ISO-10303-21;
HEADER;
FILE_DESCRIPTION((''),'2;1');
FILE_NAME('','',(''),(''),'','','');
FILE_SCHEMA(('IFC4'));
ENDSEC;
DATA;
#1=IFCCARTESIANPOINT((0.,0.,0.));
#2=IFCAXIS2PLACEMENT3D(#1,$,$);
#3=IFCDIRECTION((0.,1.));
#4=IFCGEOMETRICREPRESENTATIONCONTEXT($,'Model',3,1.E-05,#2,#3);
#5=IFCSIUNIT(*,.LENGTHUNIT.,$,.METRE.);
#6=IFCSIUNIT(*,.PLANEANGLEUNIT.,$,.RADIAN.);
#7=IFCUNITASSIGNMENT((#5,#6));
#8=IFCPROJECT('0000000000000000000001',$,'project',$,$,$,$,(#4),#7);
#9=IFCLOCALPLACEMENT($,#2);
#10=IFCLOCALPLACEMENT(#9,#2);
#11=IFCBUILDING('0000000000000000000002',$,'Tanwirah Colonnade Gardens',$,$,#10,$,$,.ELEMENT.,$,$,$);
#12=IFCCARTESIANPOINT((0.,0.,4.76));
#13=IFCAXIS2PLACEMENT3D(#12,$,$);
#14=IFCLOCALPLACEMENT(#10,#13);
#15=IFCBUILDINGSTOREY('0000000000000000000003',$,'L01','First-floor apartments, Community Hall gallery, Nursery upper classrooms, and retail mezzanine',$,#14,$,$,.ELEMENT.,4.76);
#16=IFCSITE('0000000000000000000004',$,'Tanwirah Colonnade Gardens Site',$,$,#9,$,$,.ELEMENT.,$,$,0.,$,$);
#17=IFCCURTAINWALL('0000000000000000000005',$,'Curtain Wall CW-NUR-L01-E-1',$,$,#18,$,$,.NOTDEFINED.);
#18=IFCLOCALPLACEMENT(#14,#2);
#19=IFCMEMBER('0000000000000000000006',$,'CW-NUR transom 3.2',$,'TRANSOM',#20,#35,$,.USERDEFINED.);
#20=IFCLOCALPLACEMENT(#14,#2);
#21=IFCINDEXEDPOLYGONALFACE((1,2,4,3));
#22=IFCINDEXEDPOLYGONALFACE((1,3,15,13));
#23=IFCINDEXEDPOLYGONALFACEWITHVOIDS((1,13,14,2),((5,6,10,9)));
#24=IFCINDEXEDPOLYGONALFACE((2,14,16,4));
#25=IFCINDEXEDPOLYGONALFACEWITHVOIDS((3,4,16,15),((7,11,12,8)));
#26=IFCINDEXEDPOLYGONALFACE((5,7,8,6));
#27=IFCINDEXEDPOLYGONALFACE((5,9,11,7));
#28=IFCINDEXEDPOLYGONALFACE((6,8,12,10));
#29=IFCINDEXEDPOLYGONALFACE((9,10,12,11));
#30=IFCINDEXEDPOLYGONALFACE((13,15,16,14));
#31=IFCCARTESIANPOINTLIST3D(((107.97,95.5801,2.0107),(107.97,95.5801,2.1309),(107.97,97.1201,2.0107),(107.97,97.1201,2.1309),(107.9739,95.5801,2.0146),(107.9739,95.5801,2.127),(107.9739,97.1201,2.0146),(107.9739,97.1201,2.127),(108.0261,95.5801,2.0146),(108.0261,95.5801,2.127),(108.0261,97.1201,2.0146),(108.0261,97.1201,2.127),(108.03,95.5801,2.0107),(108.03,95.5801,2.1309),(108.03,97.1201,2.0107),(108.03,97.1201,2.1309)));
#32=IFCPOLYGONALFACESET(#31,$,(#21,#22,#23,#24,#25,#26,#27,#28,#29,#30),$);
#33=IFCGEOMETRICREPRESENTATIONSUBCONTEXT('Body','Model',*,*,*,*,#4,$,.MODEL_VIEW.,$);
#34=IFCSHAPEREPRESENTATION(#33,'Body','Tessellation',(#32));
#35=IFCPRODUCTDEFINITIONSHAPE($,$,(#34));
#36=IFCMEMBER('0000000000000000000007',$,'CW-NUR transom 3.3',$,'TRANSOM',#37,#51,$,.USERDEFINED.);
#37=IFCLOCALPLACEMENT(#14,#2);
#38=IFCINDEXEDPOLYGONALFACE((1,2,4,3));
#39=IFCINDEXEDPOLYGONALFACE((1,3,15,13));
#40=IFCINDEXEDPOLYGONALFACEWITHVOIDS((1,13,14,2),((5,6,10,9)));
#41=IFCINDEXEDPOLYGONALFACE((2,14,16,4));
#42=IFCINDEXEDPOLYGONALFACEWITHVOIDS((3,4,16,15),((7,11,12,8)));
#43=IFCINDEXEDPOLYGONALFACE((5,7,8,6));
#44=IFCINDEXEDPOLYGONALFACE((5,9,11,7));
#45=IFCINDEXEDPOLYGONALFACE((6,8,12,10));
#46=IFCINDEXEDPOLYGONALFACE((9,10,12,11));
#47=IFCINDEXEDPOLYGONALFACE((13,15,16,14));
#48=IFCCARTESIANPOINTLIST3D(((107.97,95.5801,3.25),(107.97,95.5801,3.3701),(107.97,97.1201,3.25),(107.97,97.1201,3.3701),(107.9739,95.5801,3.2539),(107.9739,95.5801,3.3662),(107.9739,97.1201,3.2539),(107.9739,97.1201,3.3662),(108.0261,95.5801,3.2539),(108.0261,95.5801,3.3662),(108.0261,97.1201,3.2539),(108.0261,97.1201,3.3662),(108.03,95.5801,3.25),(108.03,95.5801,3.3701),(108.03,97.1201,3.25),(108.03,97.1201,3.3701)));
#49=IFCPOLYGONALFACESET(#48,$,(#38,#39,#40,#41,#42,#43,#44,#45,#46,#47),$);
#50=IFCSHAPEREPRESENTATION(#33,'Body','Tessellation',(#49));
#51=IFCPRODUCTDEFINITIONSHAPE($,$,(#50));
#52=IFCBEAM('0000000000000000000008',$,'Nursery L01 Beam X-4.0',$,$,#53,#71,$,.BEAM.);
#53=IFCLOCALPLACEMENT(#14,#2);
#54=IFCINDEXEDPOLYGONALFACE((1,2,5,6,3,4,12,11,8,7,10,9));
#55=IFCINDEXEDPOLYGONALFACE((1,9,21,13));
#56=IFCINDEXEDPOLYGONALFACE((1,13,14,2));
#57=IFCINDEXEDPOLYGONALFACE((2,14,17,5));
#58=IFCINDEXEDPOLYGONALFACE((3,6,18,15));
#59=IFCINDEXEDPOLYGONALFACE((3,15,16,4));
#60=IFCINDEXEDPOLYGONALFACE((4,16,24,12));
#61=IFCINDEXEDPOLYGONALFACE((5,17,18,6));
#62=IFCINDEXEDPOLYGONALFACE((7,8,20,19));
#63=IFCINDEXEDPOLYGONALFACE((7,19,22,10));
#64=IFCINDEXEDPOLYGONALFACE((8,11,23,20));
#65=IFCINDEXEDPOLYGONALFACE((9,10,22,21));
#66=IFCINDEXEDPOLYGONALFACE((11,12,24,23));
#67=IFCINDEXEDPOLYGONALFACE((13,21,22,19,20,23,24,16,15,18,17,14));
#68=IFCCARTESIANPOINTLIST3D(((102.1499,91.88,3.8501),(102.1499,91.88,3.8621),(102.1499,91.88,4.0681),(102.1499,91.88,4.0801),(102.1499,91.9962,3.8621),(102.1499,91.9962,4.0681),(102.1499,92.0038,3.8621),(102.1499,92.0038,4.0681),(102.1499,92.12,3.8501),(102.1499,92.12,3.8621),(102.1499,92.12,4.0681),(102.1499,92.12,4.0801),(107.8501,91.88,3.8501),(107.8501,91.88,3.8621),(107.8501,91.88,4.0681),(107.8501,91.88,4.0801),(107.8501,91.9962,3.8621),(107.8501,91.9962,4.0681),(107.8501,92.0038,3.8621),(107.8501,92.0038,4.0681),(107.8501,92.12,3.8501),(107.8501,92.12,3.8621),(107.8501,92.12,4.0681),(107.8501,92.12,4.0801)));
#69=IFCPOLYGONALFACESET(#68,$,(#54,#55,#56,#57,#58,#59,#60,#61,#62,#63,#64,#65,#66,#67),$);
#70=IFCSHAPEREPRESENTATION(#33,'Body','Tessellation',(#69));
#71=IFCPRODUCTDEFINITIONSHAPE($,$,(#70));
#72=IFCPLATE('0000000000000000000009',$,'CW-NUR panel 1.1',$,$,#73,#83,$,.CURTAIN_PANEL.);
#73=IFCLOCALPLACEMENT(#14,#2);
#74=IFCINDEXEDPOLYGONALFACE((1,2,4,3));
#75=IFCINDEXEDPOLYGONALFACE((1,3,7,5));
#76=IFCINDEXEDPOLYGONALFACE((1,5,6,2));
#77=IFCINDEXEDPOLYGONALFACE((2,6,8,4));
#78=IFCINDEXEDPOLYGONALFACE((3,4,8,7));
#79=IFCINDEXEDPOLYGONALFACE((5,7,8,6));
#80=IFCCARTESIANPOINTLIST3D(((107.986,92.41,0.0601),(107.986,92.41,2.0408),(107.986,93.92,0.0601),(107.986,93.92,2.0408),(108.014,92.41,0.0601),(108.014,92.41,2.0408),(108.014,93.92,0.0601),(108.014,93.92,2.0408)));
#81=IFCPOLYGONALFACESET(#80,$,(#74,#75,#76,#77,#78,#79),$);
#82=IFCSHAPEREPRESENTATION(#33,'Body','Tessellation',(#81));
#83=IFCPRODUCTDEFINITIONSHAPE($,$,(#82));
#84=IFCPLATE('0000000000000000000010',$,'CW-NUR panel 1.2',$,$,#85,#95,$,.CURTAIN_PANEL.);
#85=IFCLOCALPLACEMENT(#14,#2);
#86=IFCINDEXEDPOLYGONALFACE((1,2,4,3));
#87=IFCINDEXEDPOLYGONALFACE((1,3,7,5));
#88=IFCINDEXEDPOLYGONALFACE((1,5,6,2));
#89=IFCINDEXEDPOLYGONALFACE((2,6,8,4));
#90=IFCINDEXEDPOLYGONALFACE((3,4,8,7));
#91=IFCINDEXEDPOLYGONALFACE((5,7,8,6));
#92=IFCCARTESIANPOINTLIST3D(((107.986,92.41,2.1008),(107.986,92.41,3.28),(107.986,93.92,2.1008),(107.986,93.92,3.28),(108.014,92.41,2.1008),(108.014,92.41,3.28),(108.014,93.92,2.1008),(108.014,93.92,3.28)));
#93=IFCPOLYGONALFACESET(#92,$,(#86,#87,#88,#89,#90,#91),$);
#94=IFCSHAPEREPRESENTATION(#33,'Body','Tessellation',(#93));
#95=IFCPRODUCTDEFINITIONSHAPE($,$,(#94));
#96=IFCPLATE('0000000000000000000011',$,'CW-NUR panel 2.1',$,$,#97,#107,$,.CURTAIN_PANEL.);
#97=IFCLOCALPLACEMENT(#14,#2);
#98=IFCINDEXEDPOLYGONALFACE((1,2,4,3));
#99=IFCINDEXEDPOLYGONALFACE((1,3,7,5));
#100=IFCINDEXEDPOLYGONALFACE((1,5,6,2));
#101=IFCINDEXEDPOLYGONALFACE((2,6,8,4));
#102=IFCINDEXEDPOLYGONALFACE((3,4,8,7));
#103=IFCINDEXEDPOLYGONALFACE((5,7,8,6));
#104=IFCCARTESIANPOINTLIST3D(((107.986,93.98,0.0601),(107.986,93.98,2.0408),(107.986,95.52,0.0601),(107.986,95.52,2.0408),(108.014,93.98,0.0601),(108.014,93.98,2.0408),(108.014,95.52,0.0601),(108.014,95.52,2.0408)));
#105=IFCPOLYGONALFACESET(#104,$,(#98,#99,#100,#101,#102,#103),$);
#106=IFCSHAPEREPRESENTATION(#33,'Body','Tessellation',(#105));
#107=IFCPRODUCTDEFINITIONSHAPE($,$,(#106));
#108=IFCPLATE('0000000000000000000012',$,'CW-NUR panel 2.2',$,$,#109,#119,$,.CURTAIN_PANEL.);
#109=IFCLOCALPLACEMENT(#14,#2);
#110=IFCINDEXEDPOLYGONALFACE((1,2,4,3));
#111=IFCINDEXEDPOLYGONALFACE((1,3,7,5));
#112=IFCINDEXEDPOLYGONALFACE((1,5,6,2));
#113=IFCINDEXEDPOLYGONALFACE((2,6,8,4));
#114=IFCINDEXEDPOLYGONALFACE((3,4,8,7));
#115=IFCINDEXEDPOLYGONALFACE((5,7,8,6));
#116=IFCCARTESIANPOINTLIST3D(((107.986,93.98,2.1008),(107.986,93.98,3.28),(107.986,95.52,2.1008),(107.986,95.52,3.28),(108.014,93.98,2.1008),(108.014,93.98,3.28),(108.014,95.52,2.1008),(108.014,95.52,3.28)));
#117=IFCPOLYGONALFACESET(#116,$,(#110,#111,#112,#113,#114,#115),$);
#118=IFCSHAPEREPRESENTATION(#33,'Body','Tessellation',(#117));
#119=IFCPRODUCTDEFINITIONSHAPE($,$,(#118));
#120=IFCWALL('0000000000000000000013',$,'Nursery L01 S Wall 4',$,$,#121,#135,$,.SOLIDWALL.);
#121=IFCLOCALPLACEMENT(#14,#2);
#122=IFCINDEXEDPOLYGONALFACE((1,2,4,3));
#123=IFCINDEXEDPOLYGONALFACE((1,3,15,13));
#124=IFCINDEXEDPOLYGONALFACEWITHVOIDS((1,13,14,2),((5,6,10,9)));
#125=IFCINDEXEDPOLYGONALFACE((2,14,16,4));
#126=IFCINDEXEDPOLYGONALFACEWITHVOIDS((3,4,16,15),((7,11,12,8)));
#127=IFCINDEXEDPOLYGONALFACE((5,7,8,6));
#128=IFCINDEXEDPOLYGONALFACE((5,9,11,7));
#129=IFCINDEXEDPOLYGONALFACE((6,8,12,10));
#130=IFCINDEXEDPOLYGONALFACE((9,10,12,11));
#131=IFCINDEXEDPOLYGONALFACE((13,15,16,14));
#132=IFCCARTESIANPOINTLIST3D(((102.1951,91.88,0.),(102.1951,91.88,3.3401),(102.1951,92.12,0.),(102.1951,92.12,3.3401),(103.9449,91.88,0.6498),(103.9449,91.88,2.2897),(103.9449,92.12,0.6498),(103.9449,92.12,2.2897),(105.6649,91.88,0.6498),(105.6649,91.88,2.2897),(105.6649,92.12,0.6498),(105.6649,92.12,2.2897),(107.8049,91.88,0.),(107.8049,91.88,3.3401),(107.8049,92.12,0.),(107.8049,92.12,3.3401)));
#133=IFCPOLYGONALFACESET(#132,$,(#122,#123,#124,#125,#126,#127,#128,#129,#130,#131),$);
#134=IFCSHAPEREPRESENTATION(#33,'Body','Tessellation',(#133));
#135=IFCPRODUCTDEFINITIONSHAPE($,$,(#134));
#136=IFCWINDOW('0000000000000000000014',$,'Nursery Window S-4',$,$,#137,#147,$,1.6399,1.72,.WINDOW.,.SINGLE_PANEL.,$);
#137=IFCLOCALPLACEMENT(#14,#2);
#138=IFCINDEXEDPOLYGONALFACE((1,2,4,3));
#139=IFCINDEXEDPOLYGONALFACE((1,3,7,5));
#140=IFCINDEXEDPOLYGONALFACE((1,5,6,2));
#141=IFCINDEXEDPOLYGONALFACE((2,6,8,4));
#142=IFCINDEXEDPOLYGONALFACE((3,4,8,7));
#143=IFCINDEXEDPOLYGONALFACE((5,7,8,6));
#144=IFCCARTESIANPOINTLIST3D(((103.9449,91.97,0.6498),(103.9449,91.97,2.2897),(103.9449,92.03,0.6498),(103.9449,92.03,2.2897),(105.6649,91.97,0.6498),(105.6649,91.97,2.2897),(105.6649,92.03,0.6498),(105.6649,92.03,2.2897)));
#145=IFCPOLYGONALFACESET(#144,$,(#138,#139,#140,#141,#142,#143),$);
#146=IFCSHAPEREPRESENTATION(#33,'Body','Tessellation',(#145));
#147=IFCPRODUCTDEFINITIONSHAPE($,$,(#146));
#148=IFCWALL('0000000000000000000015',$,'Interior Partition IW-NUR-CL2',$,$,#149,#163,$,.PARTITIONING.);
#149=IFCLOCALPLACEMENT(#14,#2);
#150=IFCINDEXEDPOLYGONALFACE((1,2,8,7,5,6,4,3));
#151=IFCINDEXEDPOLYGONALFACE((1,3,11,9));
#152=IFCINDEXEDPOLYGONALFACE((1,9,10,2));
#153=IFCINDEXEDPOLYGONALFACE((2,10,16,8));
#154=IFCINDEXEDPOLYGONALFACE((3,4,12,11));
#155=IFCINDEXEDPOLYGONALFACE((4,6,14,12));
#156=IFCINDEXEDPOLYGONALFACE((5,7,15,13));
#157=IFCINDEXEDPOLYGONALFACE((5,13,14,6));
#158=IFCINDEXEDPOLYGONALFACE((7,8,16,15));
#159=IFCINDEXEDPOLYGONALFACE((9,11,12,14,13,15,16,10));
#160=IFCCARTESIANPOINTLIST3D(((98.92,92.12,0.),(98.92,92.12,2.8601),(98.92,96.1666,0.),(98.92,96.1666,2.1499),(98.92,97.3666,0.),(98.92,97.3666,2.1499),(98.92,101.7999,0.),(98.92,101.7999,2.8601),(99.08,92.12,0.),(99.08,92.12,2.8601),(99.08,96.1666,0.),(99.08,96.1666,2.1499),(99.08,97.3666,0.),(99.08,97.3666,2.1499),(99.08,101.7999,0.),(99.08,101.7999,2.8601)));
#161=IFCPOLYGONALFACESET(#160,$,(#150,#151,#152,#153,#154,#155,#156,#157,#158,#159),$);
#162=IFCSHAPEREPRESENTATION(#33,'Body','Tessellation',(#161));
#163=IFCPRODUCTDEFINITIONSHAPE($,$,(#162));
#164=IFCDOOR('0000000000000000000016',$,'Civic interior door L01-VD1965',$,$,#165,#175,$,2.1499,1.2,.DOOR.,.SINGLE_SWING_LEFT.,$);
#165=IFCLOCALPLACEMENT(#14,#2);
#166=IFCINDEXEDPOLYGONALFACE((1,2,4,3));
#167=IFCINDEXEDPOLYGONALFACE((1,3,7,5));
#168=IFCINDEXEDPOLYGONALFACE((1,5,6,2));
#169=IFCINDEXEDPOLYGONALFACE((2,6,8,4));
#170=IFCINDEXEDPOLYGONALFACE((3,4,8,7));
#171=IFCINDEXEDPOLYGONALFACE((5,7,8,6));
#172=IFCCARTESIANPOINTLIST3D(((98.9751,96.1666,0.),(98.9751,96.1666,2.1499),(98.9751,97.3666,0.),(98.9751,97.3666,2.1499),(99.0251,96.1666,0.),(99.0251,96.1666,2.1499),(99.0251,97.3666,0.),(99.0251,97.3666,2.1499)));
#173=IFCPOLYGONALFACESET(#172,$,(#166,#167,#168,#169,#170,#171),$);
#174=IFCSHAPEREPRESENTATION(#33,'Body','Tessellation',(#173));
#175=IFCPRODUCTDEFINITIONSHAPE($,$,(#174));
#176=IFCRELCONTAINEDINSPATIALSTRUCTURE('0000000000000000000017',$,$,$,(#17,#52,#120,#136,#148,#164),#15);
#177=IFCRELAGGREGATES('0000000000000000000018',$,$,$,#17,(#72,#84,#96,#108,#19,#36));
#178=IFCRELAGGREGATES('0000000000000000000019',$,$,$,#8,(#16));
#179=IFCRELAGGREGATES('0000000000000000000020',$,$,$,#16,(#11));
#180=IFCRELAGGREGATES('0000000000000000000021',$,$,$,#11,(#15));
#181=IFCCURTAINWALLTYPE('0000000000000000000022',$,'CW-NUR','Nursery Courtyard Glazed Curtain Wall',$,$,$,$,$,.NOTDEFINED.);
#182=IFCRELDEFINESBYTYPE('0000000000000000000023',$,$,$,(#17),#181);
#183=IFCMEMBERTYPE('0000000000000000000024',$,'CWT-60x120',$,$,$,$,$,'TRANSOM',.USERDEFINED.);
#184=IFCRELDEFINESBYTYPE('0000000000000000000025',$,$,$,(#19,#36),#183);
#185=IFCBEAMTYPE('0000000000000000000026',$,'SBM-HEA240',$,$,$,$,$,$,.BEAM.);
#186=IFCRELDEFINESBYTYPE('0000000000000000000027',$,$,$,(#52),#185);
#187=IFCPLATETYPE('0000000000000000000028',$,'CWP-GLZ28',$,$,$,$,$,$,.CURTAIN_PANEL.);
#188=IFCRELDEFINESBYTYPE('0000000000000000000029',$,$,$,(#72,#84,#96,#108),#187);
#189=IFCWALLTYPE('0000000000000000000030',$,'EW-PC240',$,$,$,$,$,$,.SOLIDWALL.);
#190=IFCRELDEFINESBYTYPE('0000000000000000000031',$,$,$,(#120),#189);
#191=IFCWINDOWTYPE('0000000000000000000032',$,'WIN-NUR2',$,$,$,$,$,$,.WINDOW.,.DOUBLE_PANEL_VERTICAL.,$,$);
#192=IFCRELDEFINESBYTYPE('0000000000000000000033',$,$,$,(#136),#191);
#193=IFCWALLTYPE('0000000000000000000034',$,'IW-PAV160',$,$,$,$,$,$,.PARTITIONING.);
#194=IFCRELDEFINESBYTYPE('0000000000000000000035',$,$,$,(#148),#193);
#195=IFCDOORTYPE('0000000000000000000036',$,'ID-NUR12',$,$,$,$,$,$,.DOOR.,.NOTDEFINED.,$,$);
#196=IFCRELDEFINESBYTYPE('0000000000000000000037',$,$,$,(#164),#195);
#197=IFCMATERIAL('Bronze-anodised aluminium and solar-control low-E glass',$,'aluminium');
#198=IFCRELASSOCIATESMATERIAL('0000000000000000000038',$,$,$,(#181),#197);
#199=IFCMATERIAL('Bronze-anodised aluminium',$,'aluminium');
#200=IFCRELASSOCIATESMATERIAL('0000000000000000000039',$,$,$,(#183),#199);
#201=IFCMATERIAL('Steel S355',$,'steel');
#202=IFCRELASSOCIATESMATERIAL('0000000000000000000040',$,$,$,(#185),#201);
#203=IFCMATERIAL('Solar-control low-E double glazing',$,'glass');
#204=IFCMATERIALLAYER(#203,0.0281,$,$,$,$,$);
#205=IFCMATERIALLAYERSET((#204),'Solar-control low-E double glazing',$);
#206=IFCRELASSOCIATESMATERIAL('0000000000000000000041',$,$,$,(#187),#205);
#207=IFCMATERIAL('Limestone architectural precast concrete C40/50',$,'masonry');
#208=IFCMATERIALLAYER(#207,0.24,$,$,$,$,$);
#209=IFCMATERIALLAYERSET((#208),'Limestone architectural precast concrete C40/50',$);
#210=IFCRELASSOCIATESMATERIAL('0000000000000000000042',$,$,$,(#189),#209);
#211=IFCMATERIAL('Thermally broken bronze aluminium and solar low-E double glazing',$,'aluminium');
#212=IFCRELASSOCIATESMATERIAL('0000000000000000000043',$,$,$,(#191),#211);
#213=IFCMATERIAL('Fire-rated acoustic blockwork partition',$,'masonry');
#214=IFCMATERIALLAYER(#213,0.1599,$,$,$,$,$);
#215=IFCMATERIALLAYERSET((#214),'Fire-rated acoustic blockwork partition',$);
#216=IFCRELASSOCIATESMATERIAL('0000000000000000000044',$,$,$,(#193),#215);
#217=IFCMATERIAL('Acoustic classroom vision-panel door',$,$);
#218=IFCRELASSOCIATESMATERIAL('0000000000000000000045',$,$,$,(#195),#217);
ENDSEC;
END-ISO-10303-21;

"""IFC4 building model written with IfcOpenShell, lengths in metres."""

from ifc_helpers import new_model, si_unit, direction, frame, frame_2d, origin, origin_2d, place, context, subcontext, project, spatial, rectangle, hollow_rectangle, i_section, extrude, material, layer, layer_set, material_profile, profile_set, type_object, element, fill, aggregate, save


model = new_model("IFC4")

# Units and contexts
model_context = context("Model", 3, precision=1e-05, world=origin(), true_north=direction((0.0, 1.0)))
body_context = subcontext(model_context, "Body", "Model", "MODEL_VIEW")
ifc_project = project(units=[si_unit("LENGTHUNIT", "METRE"), si_unit("PLANEANGLEUNIT", "RADIAN")], contexts=[model_context])

# Site, building, storey
site_placement = place(None, origin())
site = spatial("IfcSite", under=ifc_project, at=site_placement, Name="Tanwirah Colonnade Gardens Site", CompositionType="ELEMENT", RefElevation=0.0)
building_placement = place(site_placement, origin())
building = spatial("IfcBuilding", under=site, at=building_placement, Name="Tanwirah Colonnade Gardens", CompositionType="ELEMENT")
storey_placement = place(building_placement, frame((0.0, 0.0, 4.76)))
storey = spatial("IfcBuildingStorey", under=building, at=storey_placement, Name="L01", Description="First-floor apartments, Community Hall gallery, Nursery upper classrooms, and retail mezzanine", CompositionType="ELEMENT", Elevation=4.76)

# Curtain wall, members
ifc_material_1 = material(Name="Bronze-anodised aluminium and solar-control low-E glass", Category="aluminium")
curtain_wall_type = type_object("IfcCurtainWallType", Name="CW-NUR", Description="Nursery Courtyard Glazed Curtain Wall", PredefinedType="NOTDEFINED", material=ifc_material_1)
curtain_wall_placement = place(storey_placement, origin())
curtain_wall = element("IfcCurtainWall", 1, at=curtain_wall_placement, inside=storey, type_object=curtain_wall_type, Name="Curtain Wall CW-NUR-L01-E-1", PredefinedType="NOTDEFINED")
ifc_material_2 = material(Name="Bronze-anodised aluminium", Category="aluminium")
ifc_material_profile_1 = material_profile(ifc_material_2, hollow_rectangle(XDim=0.0601, YDim=0.1201, WallThickness=0.0039, at=origin_2d()), Name="CW-TRN 60x120x4")
ifc_profile_set_1 = profile_set([ifc_material_profile_1], Name="Bronze-anodised aluminium")
member_type_1 = type_object("IfcMemberType", Name="CWT-60x120", ElementType="TRANSOM", PredefinedType="USERDEFINED", material=ifc_profile_set_1)
member_1_placement = place(storey_placement, frame((108.0, 95.5801, 2.0708), z_axis=(0.0, 1.0, 0.0), x_axis=(-1.0, 0.0, 0.0)))
member_1 = element("IfcMember", 2, at=member_1_placement, type_object=member_type_1, Name="CW-NUR transom 3.2", ObjectType="TRANSOM", PredefinedType="USERDEFINED", context=body_context, shape_type="SweptSolid", body=[
    extrude(hollow_rectangle(XDim=0.0601, YDim=0.1201, WallThickness=0.0039, at=origin_2d()), origin(), (0.0, 0.0, 1.0), 1.54),
])
member_2_placement = place(storey_placement, frame((108.0, 95.5801, 3.3101), z_axis=(0.0, 1.0, 0.0), x_axis=(-1.0, 0.0, 0.0)))
member_2 = element("IfcMember", 3, at=member_2_placement, type_object=member_type_1, Name="CW-NUR transom 3.3", ObjectType="TRANSOM", PredefinedType="USERDEFINED", context=body_context, shape_type="SweptSolid", body=[
    extrude(hollow_rectangle(XDim=0.0601, YDim=0.1201, WallThickness=0.0039, at=origin_2d()), origin(), (0.0, 0.0, 1.0), 1.54),
])

# Beam
ifc_material_3 = material(Name="Steel S355", Category="steel")
ifc_material_profile_2 = material_profile(ifc_material_3, i_section(OverallWidth=0.24, OverallDepth=0.23, WebThickness=0.0076, FlangeThickness=0.012, at=origin_2d()), Name="HEA 240")
ifc_profile_set_2 = profile_set([ifc_material_profile_2], Name="Steel S355")
beam_type = type_object("IfcBeamType", Name="SBM-HEA240", PredefinedType="BEAM", material=ifc_profile_set_2)
beam_placement = place(storey_placement, frame((102.1499, 92.0, 3.9651), z_axis=(1.0, 0.0, 0.0), x_axis=(0.0, 1.0, 0.0)))
element("IfcBeam", 4, at=beam_placement, inside=storey, type_object=beam_type, Name="Nursery L01 Beam X-4.0", PredefinedType="BEAM", context=body_context, shape_type="SweptSolid", body=[
    extrude(i_section(OverallWidth=0.24, OverallDepth=0.23, WebThickness=0.0076, FlangeThickness=0.012, at=origin_2d()), origin(), (0.0, 0.0, 1.0), 5.7002),
])

# Plates
ifc_material_4 = material(Name="Solar-control low-E double glazing", Category="glass")
ifc_layer_1 = layer(ifc_material_4, 0.0281)
ifc_layer_set_1 = layer_set([ifc_layer_1], Name="Solar-control low-E double glazing")
plate_type = type_object("IfcPlateType", Name="CWP-GLZ28", PredefinedType="CURTAIN_PANEL", material=ifc_layer_set_1)
plate_1_placement = place(storey_placement, frame((108.0, 93.165, 0.0601), z_axis=(0.0, 0.0, 1.0), x_axis=(0.0, 1.0, 0.0)))
plate_1 = element("IfcPlate", 5, at=plate_1_placement, type_object=plate_type, Name="CW-NUR panel 1.1", PredefinedType="CURTAIN_PANEL", context=body_context, shape_type="SweptSolid", body=[
    extrude(rectangle(XDim=1.51, YDim=0.0281, at=origin_2d()), origin(), (0.0, 0.0, 1.0), 1.9807),
])
plate_2_placement = place(storey_placement, frame((108.0, 93.165, 2.1008), z_axis=(0.0, 0.0, 1.0), x_axis=(0.0, 1.0, 0.0)))
plate_2 = element("IfcPlate", 6, at=plate_2_placement, type_object=plate_type, Name="CW-NUR panel 1.2", PredefinedType="CURTAIN_PANEL", context=body_context, shape_type="SweptSolid", body=[
    extrude(rectangle(XDim=1.51, YDim=0.0281, at=origin_2d()), origin(), (0.0, 0.0, 1.0), 1.1792),
])
plate_3_placement = place(storey_placement, frame((108.0, 94.75, 0.0601), z_axis=(0.0, 0.0, 1.0), x_axis=(0.0, 1.0, 0.0)))
plate_3 = element("IfcPlate", 7, at=plate_3_placement, type_object=plate_type, Name="CW-NUR panel 2.1", PredefinedType="CURTAIN_PANEL", context=body_context, shape_type="SweptSolid", body=[
    extrude(rectangle(XDim=1.54, YDim=0.0281, at=origin_2d()), origin(), (0.0, 0.0, 1.0), 1.9807),
])
plate_4_placement = place(storey_placement, frame((108.0, 94.75, 2.1008), z_axis=(0.0, 0.0, 1.0), x_axis=(0.0, 1.0, 0.0)))
plate_4 = element("IfcPlate", 8, at=plate_4_placement, type_object=plate_type, Name="CW-NUR panel 2.2", PredefinedType="CURTAIN_PANEL", context=body_context, shape_type="SweptSolid", body=[
    extrude(rectangle(XDim=1.54, YDim=0.0281, at=origin_2d()), origin(), (0.0, 0.0, 1.0), 1.1792),
])
aggregate(curtain_wall, [plate_1, plate_2, plate_3, plate_4, member_1, member_2])

# Wall, opening, window
ifc_material_5 = material(Name="Limestone architectural precast concrete C40/50", Category="masonry")
ifc_layer_2 = layer(ifc_material_5, 0.24)
ifc_layer_set_2 = layer_set([ifc_layer_2], Name="Limestone architectural precast concrete C40/50")
wall_type_1 = type_object("IfcWallType", Name="EW-PC240", PredefinedType="SOLIDWALL", material=ifc_layer_set_2)
wall_1_placement = place(storey_placement, frame((102.1951, 92.0, 0.0), z_axis=(0.0, 0.0, 1.0), x_axis=(1.0, 0.0, 0.0)))
wall_1 = element("IfcWall", 9, at=wall_1_placement, inside=storey, type_object=wall_type_1, Name="Nursery L01 S Wall 4", PredefinedType="SOLIDWALL", context=body_context, shape_type="SweptSolid", body=[
    extrude(rectangle(XDim=5.6099, YDim=0.24, at=frame_2d((2.8049, 0.0))), origin(), (0.0, 0.0, 1.0), 3.3401),
])
opening_1_placement = place(wall_1_placement, frame((1.75, 0.0, 0.6499)))
opening_1 = element("IfcOpeningElement", 10, at=opening_1_placement, cuts=wall_1, PredefinedType="OPENING", context=body_context, shape_type="SweptSolid", body=[
    extrude(rectangle(XDim=1.72, YDim=1.6399, at=frame_2d((0.8599, 0.8198))), frame((0.0, 0.1299, 0.0), z_axis=(0.0, -1.0, 0.0), x_axis=(1.0, 0.0, 0.0)), (0.0, 0.0, 1.0), 0.26),
])
ifc_material_6 = material(Name="Thermally broken bronze aluminium and solar low-E double glazing", Category="aluminium")
window_type = type_object("IfcWindowType", Name="WIN-NUR2", PartitioningType="DOUBLE_PANEL_VERTICAL", PredefinedType="WINDOW", material=ifc_material_6)
window_placement = place(opening_1_placement, origin())
window = element("IfcWindow", 11, at=window_placement, inside=storey, type_object=window_type, Name="Nursery Window S-4", OverallHeight=1.6399, OverallWidth=1.72, PartitioningType="SINGLE_PANEL", PredefinedType="WINDOW", context=body_context, shape_type="SweptSolid", body=[
    extrude(rectangle(XDim=1.72, YDim=1.6399, at=frame_2d((0.8599, 0.8198))), frame((0.0, 0.03, 0.0), z_axis=(0.0, -1.0, 0.0), x_axis=(1.0, 0.0, 0.0)), (0.0, 0.0, 1.0), 0.0601),
])
fill(opening_1, window)

# Wall, opening, door
ifc_material_7 = material(Name="Fire-rated acoustic blockwork partition", Category="masonry")
ifc_layer_3 = layer(ifc_material_7, 0.1599)
ifc_layer_set_3 = layer_set([ifc_layer_3], Name="Fire-rated acoustic blockwork partition")
wall_type_2 = type_object("IfcWallType", Name="IW-PAV160", PredefinedType="PARTITIONING", material=ifc_layer_set_3)
wall_2_placement = place(storey_placement, frame((99.0, 92.1201, 0.0), z_axis=(0.0, 0.0, 1.0), x_axis=(0.0, 1.0, 0.0)))
wall_2 = element("IfcWall", 12, at=wall_2_placement, inside=storey, type_object=wall_type_2, Name="Interior Partition IW-NUR-CL2", PredefinedType="PARTITIONING", context=body_context, shape_type="SweptSolid", body=[
    extrude(rectangle(XDim=9.6799, YDim=0.1599, at=frame_2d((4.8398, 0.0))), origin(), (0.0, 0.0, 1.0), 2.8601),
])
opening_2_placement = place(wall_2_placement, frame((4.0464, 0.0, 0.0)))
opening_2 = element("IfcOpeningElement", 13, at=opening_2_placement, cuts=wall_2, PredefinedType="OPENING", context=body_context, shape_type="SweptSolid", body=[
    extrude(rectangle(XDim=1.2, YDim=2.1499, at=frame_2d((0.6001, 1.075))), frame((0.0, 0.0898, 0.0), z_axis=(0.0, -1.0, 0.0), x_axis=(1.0, 0.0, 0.0)), (0.0, 0.0, 1.0), 0.1799),
])
ifc_material_8 = material(Name="Acoustic classroom vision-panel door")
door_type = type_object("IfcDoorType", Name="ID-NUR12", OperationType="NOTDEFINED", PredefinedType="DOOR", material=ifc_material_8)
door_placement = place(opening_2_placement, origin())
door = element("IfcDoor", 14, at=door_placement, inside=storey, type_object=door_type, Name="Civic interior door L01-VD1965", OperationType="SINGLE_SWING_LEFT", OverallHeight=2.1499, OverallWidth=1.2, PredefinedType="DOOR", context=body_context, shape_type="SweptSolid", body=[
    extrude(rectangle(XDim=1.2, YDim=2.1499, at=frame_2d((0.6001, 1.075))), frame((0.0, 0.0249, 0.0), z_axis=(0.0, -1.0, 0.0), x_axis=(1.0, 0.0, 0.0)), (0.0, 0.0, 1.0), 0.05),
])
fill(opening_2, door)

save(model, "model.ifc")
